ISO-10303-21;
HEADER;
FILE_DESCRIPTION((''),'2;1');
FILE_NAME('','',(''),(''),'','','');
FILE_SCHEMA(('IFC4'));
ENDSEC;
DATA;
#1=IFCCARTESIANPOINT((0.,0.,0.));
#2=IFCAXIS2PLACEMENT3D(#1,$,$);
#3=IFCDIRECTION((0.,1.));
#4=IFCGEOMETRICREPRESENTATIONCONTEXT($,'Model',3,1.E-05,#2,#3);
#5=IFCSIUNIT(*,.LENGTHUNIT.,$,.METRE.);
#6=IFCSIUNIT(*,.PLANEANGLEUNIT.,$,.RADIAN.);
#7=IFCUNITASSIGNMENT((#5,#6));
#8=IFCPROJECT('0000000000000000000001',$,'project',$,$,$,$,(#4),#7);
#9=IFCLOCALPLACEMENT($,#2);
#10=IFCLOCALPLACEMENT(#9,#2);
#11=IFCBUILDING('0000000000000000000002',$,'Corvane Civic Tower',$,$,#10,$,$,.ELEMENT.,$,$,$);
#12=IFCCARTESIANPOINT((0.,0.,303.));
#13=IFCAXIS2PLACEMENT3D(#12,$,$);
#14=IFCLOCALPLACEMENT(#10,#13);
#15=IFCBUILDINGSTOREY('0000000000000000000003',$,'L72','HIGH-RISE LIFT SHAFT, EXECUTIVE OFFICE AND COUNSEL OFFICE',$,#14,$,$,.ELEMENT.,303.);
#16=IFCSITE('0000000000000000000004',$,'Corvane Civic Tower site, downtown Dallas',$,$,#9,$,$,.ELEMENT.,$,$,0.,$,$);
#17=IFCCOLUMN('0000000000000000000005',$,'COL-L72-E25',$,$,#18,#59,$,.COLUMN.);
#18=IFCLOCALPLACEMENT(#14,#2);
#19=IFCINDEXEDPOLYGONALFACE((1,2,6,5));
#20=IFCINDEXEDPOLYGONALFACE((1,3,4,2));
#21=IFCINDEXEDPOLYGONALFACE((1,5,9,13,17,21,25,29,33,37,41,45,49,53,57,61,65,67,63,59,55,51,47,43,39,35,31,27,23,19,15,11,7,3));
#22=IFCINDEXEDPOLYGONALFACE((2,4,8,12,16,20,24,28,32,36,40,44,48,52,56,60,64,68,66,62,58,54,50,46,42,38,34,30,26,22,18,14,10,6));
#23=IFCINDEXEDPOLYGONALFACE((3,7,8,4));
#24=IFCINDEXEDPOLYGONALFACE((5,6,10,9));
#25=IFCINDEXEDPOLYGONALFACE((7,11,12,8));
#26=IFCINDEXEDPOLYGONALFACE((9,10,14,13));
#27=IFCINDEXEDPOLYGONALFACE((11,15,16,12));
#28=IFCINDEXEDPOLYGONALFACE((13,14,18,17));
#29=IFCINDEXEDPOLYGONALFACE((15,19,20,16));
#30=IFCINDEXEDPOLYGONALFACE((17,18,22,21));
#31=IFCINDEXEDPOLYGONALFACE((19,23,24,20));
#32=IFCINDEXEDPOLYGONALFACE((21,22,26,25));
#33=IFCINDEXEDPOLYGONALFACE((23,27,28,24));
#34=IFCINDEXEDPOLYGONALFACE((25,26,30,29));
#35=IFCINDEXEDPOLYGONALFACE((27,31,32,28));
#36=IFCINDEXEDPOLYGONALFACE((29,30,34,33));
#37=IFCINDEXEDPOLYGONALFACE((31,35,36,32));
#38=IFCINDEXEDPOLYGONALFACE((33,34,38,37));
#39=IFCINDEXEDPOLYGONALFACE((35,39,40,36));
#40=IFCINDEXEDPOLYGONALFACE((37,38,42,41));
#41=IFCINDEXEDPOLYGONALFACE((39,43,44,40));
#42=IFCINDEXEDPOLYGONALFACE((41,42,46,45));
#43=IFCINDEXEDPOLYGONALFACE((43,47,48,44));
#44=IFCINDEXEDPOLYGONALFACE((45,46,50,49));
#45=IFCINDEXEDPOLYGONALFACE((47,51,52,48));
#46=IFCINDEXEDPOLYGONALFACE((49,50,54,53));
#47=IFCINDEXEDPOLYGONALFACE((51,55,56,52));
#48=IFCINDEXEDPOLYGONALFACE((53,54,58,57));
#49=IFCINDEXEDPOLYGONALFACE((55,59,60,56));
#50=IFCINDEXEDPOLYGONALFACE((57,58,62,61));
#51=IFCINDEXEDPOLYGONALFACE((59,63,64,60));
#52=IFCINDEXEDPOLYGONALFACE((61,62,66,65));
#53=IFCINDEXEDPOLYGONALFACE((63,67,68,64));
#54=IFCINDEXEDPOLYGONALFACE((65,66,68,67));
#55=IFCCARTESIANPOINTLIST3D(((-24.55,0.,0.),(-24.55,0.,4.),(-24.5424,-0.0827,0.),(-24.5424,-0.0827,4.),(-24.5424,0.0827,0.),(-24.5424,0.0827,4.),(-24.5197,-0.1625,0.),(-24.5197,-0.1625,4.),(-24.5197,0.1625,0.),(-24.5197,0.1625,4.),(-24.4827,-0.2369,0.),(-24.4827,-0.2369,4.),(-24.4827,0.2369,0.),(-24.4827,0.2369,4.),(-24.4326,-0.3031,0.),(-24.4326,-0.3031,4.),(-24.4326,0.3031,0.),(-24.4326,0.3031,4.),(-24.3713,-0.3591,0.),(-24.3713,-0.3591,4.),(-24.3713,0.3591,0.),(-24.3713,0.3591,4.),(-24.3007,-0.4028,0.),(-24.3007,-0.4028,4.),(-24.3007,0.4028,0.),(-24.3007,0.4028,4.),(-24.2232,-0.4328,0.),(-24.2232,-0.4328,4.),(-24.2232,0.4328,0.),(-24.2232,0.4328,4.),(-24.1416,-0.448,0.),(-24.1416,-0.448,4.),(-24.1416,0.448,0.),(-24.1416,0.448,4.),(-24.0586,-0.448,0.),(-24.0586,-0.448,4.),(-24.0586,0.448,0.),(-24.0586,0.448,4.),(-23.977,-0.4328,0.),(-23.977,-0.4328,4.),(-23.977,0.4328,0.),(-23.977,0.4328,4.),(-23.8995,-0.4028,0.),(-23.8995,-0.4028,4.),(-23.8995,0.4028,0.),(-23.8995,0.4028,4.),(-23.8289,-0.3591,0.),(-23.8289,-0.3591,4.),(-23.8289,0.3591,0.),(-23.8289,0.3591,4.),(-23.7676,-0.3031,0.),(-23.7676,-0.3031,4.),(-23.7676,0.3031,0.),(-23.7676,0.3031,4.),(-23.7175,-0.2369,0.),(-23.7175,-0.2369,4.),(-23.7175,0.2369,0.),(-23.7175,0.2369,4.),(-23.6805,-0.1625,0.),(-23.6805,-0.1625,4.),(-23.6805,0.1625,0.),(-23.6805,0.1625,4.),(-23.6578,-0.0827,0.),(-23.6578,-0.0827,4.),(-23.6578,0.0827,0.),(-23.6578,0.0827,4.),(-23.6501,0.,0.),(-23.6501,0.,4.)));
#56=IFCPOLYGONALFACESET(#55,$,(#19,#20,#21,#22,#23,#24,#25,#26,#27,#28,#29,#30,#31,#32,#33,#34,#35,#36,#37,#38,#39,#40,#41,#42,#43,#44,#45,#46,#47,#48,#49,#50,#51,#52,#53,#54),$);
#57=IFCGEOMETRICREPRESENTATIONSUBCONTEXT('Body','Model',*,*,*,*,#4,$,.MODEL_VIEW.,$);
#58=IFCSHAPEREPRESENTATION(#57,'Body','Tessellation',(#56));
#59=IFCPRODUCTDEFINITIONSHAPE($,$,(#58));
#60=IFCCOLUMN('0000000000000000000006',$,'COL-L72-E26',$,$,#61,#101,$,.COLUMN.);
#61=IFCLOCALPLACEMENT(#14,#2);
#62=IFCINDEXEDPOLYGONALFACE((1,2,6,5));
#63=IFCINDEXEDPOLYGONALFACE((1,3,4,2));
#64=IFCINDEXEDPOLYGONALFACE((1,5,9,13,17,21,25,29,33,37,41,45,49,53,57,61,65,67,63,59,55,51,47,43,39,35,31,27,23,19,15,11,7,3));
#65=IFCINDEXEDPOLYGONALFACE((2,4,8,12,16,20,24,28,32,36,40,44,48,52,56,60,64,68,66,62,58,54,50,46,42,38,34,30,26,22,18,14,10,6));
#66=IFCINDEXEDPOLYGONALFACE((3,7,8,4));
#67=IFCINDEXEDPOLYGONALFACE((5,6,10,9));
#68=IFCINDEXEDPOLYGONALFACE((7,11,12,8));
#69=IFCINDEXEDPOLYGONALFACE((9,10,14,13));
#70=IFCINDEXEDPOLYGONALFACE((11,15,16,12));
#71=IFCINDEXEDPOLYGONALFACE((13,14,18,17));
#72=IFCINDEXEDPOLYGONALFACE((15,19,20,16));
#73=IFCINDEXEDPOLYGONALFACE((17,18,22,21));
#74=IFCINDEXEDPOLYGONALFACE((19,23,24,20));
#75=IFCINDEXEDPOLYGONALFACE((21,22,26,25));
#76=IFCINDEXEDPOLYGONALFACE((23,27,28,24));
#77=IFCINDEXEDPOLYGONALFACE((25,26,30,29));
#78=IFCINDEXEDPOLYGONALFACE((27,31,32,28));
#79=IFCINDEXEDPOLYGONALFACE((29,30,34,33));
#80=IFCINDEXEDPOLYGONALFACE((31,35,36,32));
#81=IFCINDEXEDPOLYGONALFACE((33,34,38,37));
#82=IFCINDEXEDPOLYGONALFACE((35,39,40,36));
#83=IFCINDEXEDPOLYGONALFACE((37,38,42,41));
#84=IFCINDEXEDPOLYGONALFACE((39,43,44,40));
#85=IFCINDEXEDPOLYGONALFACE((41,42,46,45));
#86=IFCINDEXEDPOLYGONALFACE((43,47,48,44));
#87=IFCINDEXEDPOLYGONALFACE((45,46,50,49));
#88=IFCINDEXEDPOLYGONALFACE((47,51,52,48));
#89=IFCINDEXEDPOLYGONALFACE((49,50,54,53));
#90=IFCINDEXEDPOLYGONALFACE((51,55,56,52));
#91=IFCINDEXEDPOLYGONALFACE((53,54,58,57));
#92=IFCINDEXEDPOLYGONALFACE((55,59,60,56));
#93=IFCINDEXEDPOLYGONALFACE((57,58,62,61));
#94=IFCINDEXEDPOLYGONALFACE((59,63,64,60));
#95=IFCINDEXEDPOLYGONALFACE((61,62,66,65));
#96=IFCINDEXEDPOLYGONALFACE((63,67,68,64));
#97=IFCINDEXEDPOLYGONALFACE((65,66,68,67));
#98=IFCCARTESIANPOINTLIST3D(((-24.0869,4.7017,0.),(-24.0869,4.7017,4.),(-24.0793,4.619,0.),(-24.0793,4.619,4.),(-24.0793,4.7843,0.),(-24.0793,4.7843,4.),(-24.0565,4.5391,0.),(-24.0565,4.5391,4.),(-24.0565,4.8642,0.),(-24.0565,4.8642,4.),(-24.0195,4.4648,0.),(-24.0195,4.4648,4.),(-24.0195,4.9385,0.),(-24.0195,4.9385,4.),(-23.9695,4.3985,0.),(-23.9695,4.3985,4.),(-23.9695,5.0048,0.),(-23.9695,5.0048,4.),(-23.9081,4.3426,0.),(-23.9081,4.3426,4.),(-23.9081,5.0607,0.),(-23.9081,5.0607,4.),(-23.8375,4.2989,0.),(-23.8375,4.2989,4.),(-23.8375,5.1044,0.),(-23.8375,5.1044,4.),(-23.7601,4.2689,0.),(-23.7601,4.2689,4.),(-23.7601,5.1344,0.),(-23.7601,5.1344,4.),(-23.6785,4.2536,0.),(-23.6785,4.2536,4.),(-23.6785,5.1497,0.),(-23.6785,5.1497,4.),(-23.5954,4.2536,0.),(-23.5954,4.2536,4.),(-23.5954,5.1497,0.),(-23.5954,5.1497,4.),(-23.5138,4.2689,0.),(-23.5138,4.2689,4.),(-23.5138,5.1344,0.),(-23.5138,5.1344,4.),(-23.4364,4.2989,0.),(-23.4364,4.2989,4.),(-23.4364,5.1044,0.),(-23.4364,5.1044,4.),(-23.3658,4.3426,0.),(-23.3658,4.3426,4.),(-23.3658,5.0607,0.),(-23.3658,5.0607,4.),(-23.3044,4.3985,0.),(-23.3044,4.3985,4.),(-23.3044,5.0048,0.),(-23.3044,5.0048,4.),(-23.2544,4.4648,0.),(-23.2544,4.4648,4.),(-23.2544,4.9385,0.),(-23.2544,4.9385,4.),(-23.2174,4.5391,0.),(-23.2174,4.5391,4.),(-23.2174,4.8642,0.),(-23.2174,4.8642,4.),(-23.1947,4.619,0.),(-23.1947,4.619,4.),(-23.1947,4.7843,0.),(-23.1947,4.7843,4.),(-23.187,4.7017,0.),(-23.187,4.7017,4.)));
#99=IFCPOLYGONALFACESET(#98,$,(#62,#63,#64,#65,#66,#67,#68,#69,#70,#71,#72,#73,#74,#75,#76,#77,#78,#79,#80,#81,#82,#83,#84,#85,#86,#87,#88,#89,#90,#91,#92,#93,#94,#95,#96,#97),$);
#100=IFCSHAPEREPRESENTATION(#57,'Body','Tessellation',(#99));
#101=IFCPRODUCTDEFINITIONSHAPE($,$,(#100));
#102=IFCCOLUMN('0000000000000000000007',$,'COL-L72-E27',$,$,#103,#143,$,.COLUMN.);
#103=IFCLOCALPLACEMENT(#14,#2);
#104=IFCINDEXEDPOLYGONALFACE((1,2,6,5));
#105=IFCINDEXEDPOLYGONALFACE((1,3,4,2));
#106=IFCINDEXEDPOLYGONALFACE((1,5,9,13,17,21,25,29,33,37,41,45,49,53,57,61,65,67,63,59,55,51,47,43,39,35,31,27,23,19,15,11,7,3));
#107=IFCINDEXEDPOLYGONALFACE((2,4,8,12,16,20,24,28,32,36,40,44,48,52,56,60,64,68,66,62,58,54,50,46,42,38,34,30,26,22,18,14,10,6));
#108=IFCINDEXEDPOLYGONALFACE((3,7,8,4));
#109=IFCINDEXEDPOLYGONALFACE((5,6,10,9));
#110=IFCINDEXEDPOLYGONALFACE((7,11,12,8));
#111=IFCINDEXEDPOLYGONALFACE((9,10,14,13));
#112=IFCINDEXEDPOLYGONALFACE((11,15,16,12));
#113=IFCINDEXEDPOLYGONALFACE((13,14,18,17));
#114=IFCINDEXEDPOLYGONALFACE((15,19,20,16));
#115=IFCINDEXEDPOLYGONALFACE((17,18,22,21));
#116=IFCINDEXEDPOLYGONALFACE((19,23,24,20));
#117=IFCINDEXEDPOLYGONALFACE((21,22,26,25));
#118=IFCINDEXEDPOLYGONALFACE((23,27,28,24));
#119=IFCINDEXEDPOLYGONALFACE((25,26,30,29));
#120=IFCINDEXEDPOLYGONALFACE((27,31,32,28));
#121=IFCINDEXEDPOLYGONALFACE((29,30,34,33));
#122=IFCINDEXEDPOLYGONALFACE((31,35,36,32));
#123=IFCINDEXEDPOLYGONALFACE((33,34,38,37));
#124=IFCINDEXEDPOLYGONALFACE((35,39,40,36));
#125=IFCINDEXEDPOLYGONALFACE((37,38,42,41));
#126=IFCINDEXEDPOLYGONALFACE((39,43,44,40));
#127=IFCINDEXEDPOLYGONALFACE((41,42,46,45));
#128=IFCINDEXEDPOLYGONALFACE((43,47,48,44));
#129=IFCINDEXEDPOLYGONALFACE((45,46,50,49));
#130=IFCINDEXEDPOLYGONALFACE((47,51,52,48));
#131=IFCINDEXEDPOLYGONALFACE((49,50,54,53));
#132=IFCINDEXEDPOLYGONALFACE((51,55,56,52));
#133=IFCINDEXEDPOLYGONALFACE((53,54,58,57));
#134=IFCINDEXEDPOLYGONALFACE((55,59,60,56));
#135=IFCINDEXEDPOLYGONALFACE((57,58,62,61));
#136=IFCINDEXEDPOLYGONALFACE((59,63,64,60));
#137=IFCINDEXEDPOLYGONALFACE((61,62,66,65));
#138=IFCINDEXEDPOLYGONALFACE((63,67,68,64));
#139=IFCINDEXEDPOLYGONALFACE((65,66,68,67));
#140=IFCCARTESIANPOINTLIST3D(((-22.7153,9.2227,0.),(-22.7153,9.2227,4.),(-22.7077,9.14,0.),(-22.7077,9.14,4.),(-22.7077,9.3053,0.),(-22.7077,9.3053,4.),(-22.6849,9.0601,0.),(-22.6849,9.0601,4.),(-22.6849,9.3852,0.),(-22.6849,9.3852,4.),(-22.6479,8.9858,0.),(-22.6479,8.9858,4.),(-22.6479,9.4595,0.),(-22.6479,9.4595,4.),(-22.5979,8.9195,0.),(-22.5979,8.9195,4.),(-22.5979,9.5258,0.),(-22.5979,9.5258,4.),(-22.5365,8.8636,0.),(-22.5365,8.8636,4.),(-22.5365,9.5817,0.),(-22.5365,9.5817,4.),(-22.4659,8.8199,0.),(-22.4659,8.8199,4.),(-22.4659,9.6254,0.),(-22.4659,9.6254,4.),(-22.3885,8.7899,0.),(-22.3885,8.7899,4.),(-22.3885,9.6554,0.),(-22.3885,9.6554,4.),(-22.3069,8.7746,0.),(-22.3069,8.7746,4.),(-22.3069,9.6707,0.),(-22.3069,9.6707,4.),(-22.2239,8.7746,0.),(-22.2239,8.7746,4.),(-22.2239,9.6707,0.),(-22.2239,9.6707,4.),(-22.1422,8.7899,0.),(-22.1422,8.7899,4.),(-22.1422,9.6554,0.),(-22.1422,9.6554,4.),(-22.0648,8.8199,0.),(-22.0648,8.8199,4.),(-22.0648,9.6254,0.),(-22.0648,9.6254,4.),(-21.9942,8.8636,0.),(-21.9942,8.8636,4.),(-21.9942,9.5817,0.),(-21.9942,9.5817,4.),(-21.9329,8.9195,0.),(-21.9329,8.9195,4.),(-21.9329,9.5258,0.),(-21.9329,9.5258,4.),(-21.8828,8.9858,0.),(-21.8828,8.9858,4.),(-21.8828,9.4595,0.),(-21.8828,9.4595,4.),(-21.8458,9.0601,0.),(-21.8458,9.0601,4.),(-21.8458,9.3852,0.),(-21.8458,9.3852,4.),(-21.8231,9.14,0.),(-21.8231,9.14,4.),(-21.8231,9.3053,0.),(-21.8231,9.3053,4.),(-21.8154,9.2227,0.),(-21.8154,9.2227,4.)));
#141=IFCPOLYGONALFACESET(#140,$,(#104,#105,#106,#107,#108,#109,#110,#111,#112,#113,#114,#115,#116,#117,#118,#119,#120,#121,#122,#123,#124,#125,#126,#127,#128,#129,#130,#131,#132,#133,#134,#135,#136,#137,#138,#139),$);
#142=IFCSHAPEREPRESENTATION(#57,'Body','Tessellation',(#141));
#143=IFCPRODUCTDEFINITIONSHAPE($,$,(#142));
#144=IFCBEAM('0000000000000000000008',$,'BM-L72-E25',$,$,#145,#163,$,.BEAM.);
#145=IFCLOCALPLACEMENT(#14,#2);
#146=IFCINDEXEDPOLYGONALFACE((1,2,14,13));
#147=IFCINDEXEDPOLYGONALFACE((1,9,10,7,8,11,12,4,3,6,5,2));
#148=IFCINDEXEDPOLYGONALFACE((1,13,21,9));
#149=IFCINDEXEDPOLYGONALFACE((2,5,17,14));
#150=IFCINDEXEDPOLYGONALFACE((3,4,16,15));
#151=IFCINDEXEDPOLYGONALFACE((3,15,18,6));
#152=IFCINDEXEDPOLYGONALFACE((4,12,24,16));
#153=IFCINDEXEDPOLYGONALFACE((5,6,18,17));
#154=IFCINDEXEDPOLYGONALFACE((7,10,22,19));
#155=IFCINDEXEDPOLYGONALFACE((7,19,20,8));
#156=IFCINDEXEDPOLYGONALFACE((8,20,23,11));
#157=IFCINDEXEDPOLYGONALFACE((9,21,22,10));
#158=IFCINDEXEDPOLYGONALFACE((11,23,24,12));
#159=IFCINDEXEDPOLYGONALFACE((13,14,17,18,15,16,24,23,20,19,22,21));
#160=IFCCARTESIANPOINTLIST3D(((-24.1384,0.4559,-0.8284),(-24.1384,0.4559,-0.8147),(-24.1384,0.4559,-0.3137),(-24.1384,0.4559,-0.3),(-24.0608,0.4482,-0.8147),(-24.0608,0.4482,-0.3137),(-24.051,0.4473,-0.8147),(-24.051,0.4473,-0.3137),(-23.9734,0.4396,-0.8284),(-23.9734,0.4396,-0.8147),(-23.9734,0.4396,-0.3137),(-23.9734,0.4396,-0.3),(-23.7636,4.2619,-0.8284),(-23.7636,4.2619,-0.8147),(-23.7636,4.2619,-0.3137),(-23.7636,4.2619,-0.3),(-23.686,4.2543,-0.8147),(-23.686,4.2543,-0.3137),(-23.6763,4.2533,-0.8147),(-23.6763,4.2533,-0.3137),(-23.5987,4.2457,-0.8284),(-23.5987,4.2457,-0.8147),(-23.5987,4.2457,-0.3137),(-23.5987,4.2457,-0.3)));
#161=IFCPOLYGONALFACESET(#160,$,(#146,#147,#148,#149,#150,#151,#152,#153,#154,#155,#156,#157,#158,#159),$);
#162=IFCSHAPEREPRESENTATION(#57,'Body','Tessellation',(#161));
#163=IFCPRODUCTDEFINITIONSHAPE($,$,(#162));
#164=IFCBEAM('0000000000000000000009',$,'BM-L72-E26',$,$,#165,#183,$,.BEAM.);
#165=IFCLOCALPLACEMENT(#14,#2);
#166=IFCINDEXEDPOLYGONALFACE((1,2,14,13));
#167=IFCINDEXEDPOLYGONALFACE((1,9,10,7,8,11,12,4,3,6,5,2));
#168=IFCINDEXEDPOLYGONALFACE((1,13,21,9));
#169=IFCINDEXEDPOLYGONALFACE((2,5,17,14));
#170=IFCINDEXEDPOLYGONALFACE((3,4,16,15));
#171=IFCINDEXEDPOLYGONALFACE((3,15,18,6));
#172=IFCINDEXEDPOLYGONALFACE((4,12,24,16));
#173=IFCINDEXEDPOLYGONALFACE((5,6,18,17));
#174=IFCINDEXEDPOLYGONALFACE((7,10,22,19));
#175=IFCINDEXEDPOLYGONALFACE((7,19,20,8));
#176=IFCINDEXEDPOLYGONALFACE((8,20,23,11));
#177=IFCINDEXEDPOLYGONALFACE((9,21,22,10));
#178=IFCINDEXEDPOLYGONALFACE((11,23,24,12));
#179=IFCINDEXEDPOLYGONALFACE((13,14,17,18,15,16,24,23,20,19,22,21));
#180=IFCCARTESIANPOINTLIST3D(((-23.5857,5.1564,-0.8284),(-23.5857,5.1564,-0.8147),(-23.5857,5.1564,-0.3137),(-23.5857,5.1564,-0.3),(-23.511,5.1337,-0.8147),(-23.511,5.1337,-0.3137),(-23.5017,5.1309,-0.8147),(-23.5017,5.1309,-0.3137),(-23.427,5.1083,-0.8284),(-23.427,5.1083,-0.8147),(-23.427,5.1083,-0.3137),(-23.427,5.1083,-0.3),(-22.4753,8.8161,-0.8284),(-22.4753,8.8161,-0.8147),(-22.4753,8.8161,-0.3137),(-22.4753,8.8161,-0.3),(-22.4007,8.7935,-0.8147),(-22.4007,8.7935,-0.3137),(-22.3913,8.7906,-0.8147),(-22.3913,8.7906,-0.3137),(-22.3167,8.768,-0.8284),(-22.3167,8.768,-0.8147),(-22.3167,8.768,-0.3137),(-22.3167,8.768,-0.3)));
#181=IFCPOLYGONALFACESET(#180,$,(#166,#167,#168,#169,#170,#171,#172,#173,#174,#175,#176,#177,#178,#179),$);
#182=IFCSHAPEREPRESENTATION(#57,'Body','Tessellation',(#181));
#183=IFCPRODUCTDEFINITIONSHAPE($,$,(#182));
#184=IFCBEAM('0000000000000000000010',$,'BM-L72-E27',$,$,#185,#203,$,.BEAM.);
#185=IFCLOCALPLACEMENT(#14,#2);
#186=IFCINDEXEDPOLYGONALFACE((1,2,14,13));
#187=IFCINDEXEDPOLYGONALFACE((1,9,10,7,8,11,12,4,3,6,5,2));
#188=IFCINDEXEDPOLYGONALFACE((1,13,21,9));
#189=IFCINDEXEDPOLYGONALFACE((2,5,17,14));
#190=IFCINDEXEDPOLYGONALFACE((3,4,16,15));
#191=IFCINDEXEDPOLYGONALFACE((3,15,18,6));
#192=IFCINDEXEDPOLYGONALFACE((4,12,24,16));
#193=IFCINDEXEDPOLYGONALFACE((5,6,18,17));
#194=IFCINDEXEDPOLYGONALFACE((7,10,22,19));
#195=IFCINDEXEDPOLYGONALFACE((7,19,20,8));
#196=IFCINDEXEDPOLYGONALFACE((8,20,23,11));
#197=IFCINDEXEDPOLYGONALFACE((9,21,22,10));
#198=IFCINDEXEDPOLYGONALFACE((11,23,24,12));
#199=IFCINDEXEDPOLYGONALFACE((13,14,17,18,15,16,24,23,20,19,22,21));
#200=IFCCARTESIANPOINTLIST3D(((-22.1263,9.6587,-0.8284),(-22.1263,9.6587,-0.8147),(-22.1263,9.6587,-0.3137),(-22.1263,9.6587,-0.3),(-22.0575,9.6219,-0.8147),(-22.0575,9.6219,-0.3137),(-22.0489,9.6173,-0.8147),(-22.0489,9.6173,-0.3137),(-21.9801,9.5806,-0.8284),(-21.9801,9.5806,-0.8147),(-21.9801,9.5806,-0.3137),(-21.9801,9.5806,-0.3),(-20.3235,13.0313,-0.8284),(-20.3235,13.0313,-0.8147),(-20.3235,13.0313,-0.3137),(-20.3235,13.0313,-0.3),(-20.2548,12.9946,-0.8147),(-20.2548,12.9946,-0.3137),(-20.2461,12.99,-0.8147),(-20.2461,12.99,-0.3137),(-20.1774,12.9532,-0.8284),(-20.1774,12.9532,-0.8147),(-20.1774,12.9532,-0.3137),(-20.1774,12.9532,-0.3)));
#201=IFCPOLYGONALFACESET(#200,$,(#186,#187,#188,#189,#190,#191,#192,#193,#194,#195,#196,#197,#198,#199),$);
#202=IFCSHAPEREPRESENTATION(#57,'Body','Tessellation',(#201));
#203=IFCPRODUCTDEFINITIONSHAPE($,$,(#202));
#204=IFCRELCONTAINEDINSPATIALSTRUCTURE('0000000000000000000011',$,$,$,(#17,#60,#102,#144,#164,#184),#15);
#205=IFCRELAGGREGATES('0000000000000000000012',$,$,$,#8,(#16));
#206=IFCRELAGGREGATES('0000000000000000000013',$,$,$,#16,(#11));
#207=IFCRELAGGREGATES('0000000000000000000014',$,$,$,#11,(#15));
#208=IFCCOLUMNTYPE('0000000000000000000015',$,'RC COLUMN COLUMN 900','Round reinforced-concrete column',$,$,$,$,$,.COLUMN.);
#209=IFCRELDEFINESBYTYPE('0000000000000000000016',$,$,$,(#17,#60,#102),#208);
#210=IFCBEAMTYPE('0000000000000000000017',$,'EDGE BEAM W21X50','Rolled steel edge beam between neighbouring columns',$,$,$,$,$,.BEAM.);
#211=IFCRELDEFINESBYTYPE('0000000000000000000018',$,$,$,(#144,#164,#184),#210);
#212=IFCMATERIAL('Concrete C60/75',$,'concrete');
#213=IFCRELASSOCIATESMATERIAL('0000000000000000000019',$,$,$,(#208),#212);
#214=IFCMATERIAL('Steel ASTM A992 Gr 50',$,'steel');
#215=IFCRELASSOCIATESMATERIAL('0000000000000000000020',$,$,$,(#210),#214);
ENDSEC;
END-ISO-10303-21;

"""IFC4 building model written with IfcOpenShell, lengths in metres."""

from ifc_helpers import new_model, si_unit, direction, frame, origin, origin_2d, place, context, subcontext, project, spatial, circle, i_section, extrude, material, material_profile, profile_set, type_object, element, save


model = new_model("IFC4")

# Units and contexts
model_context = context("Model", 3, precision=1e-05, world=origin(), true_north=direction((0.0, 1.0)))
body_context = subcontext(model_context, "Body", "Model", "MODEL_VIEW")
ifc_project = project(units=[si_unit("LENGTHUNIT", "METRE"), si_unit("PLANEANGLEUNIT", "RADIAN")], contexts=[model_context])

# Site, building, storey
site_placement = place(None, origin())
site = spatial("IfcSite", under=ifc_project, at=site_placement, Name="Corvane Civic Tower site, downtown Dallas", CompositionType="ELEMENT", RefElevation=0.0)
building_placement = place(site_placement, origin())
building = spatial("IfcBuilding", under=site, at=building_placement, Name="Corvane Civic Tower", CompositionType="ELEMENT")
storey_placement = place(building_placement, frame((0.0, 0.0, 303.0)))
storey = spatial("IfcBuildingStorey", under=building, at=storey_placement, Name="L72", Description="HIGH-RISE LIFT SHAFT, EXECUTIVE OFFICE AND COUNSEL OFFICE", CompositionType="ELEMENT", Elevation=303.0)

# Columns
ifc_material_1 = material(Name="Concrete C60/75", Category="concrete")
ifc_material_profile_1 = material_profile(ifc_material_1, circle(Radius=0.45, at=origin_2d()), Name="COLUMN 900")
ifc_profile_set_1 = profile_set([ifc_material_profile_1], Name="Concrete C60/75")
column_type = type_object("IfcColumnType", Name="RC COLUMN COLUMN 900", Description="Round reinforced-concrete column", PredefinedType="COLUMN", material=ifc_profile_set_1)
for number, where, z_axis, x_axis, name in (
    (1, (-24.1001, 0.0, 0.0), (0.0, 0.0, 1.0), (1.0, 0.0, 0.0), "COL-L72-E25"),
    (2, (-23.637, 4.7017, 0.0), (0.0, 0.0, 1.0), (1.0, 0.0, 0.0), "COL-L72-E26"),
    (3, (-22.2654, 9.2227, 0.0), (0.0, 0.0, 1.0), (1.0, 0.0, 0.0), "COL-L72-E27"),
):
    element("IfcColumn", number, at=place(storey_placement, frame(where, z_axis=z_axis, x_axis=x_axis)), inside=storey, type_object=column_type, Name=name, PredefinedType="COLUMN", context=body_context, shape_type="SweptSolid", body=[
        extrude(circle(Radius=0.45, at=origin_2d()), origin(), (0.0, 0.0, 1.0), 4.0),
    ])

# Beams
ifc_material_2 = material(Name="Steel ASTM A992 Gr 50", Category="steel")
ifc_material_profile_2 = material_profile(ifc_material_2, i_section(OverallWidth=0.1658, OverallDepth=0.5283, WebThickness=0.0098, FlangeThickness=0.0137, at=origin_2d()), Name="W21X50")
ifc_profile_set_2 = profile_set([ifc_material_profile_2], Name="Steel ASTM A992 Gr 50")
beam_type_1 = type_object("IfcBeamType", Name="EDGE BEAM W21X50", Description="Rolled steel edge beam between neighbouring columns", PredefinedType="BEAM", material=ifc_profile_set_2)
for number, where, z_axis, x_axis, name in (
    (4, (-24.0559, 0.4478, -0.5642), (0.097987, 0.995188, 0.0), (-0.995188, 0.097987, 0.0), "BM-L72-E25"),
    (5, (-23.5063, 5.1323, -0.5642), (0.290333, 0.956926, 0.0), (-0.956926, 0.290333, 0.0), "BM-L72-E26"),
):
    element("IfcBeam", number, at=place(storey_placement, frame(where, z_axis=z_axis, x_axis=x_axis)), inside=storey, type_object=beam_type_1, Name=name, PredefinedType="BEAM", context=body_context, shape_type="SweptSolid", body=[
        extrude(i_section(OverallWidth=0.1658, OverallDepth=0.5283, WebThickness=0.0098, FlangeThickness=0.0137, at=origin_2d()), origin(), (0.0, 0.0, 1.0), 3.8245),
    ])
beam_1_placement = place(storey_placement, frame((-22.0532, 9.6196, -0.5642), z_axis=(0.47141, 0.881914, 0.0), x_axis=(-0.881914, 0.47141, 0.0)))
element("IfcBeam", 6, at=beam_1_placement, inside=storey, type_object=beam_type_1, Name="BM-L72-E27", PredefinedType="BEAM", context=body_context, shape_type="SweptSolid", body=[
    extrude(i_section(OverallWidth=0.1658, OverallDepth=0.5283, WebThickness=0.0098, FlangeThickness=0.0137, at=origin_2d()), origin(), (0.0, 0.0, 1.0), 3.8242),
])

save(model, "model.ifc")
